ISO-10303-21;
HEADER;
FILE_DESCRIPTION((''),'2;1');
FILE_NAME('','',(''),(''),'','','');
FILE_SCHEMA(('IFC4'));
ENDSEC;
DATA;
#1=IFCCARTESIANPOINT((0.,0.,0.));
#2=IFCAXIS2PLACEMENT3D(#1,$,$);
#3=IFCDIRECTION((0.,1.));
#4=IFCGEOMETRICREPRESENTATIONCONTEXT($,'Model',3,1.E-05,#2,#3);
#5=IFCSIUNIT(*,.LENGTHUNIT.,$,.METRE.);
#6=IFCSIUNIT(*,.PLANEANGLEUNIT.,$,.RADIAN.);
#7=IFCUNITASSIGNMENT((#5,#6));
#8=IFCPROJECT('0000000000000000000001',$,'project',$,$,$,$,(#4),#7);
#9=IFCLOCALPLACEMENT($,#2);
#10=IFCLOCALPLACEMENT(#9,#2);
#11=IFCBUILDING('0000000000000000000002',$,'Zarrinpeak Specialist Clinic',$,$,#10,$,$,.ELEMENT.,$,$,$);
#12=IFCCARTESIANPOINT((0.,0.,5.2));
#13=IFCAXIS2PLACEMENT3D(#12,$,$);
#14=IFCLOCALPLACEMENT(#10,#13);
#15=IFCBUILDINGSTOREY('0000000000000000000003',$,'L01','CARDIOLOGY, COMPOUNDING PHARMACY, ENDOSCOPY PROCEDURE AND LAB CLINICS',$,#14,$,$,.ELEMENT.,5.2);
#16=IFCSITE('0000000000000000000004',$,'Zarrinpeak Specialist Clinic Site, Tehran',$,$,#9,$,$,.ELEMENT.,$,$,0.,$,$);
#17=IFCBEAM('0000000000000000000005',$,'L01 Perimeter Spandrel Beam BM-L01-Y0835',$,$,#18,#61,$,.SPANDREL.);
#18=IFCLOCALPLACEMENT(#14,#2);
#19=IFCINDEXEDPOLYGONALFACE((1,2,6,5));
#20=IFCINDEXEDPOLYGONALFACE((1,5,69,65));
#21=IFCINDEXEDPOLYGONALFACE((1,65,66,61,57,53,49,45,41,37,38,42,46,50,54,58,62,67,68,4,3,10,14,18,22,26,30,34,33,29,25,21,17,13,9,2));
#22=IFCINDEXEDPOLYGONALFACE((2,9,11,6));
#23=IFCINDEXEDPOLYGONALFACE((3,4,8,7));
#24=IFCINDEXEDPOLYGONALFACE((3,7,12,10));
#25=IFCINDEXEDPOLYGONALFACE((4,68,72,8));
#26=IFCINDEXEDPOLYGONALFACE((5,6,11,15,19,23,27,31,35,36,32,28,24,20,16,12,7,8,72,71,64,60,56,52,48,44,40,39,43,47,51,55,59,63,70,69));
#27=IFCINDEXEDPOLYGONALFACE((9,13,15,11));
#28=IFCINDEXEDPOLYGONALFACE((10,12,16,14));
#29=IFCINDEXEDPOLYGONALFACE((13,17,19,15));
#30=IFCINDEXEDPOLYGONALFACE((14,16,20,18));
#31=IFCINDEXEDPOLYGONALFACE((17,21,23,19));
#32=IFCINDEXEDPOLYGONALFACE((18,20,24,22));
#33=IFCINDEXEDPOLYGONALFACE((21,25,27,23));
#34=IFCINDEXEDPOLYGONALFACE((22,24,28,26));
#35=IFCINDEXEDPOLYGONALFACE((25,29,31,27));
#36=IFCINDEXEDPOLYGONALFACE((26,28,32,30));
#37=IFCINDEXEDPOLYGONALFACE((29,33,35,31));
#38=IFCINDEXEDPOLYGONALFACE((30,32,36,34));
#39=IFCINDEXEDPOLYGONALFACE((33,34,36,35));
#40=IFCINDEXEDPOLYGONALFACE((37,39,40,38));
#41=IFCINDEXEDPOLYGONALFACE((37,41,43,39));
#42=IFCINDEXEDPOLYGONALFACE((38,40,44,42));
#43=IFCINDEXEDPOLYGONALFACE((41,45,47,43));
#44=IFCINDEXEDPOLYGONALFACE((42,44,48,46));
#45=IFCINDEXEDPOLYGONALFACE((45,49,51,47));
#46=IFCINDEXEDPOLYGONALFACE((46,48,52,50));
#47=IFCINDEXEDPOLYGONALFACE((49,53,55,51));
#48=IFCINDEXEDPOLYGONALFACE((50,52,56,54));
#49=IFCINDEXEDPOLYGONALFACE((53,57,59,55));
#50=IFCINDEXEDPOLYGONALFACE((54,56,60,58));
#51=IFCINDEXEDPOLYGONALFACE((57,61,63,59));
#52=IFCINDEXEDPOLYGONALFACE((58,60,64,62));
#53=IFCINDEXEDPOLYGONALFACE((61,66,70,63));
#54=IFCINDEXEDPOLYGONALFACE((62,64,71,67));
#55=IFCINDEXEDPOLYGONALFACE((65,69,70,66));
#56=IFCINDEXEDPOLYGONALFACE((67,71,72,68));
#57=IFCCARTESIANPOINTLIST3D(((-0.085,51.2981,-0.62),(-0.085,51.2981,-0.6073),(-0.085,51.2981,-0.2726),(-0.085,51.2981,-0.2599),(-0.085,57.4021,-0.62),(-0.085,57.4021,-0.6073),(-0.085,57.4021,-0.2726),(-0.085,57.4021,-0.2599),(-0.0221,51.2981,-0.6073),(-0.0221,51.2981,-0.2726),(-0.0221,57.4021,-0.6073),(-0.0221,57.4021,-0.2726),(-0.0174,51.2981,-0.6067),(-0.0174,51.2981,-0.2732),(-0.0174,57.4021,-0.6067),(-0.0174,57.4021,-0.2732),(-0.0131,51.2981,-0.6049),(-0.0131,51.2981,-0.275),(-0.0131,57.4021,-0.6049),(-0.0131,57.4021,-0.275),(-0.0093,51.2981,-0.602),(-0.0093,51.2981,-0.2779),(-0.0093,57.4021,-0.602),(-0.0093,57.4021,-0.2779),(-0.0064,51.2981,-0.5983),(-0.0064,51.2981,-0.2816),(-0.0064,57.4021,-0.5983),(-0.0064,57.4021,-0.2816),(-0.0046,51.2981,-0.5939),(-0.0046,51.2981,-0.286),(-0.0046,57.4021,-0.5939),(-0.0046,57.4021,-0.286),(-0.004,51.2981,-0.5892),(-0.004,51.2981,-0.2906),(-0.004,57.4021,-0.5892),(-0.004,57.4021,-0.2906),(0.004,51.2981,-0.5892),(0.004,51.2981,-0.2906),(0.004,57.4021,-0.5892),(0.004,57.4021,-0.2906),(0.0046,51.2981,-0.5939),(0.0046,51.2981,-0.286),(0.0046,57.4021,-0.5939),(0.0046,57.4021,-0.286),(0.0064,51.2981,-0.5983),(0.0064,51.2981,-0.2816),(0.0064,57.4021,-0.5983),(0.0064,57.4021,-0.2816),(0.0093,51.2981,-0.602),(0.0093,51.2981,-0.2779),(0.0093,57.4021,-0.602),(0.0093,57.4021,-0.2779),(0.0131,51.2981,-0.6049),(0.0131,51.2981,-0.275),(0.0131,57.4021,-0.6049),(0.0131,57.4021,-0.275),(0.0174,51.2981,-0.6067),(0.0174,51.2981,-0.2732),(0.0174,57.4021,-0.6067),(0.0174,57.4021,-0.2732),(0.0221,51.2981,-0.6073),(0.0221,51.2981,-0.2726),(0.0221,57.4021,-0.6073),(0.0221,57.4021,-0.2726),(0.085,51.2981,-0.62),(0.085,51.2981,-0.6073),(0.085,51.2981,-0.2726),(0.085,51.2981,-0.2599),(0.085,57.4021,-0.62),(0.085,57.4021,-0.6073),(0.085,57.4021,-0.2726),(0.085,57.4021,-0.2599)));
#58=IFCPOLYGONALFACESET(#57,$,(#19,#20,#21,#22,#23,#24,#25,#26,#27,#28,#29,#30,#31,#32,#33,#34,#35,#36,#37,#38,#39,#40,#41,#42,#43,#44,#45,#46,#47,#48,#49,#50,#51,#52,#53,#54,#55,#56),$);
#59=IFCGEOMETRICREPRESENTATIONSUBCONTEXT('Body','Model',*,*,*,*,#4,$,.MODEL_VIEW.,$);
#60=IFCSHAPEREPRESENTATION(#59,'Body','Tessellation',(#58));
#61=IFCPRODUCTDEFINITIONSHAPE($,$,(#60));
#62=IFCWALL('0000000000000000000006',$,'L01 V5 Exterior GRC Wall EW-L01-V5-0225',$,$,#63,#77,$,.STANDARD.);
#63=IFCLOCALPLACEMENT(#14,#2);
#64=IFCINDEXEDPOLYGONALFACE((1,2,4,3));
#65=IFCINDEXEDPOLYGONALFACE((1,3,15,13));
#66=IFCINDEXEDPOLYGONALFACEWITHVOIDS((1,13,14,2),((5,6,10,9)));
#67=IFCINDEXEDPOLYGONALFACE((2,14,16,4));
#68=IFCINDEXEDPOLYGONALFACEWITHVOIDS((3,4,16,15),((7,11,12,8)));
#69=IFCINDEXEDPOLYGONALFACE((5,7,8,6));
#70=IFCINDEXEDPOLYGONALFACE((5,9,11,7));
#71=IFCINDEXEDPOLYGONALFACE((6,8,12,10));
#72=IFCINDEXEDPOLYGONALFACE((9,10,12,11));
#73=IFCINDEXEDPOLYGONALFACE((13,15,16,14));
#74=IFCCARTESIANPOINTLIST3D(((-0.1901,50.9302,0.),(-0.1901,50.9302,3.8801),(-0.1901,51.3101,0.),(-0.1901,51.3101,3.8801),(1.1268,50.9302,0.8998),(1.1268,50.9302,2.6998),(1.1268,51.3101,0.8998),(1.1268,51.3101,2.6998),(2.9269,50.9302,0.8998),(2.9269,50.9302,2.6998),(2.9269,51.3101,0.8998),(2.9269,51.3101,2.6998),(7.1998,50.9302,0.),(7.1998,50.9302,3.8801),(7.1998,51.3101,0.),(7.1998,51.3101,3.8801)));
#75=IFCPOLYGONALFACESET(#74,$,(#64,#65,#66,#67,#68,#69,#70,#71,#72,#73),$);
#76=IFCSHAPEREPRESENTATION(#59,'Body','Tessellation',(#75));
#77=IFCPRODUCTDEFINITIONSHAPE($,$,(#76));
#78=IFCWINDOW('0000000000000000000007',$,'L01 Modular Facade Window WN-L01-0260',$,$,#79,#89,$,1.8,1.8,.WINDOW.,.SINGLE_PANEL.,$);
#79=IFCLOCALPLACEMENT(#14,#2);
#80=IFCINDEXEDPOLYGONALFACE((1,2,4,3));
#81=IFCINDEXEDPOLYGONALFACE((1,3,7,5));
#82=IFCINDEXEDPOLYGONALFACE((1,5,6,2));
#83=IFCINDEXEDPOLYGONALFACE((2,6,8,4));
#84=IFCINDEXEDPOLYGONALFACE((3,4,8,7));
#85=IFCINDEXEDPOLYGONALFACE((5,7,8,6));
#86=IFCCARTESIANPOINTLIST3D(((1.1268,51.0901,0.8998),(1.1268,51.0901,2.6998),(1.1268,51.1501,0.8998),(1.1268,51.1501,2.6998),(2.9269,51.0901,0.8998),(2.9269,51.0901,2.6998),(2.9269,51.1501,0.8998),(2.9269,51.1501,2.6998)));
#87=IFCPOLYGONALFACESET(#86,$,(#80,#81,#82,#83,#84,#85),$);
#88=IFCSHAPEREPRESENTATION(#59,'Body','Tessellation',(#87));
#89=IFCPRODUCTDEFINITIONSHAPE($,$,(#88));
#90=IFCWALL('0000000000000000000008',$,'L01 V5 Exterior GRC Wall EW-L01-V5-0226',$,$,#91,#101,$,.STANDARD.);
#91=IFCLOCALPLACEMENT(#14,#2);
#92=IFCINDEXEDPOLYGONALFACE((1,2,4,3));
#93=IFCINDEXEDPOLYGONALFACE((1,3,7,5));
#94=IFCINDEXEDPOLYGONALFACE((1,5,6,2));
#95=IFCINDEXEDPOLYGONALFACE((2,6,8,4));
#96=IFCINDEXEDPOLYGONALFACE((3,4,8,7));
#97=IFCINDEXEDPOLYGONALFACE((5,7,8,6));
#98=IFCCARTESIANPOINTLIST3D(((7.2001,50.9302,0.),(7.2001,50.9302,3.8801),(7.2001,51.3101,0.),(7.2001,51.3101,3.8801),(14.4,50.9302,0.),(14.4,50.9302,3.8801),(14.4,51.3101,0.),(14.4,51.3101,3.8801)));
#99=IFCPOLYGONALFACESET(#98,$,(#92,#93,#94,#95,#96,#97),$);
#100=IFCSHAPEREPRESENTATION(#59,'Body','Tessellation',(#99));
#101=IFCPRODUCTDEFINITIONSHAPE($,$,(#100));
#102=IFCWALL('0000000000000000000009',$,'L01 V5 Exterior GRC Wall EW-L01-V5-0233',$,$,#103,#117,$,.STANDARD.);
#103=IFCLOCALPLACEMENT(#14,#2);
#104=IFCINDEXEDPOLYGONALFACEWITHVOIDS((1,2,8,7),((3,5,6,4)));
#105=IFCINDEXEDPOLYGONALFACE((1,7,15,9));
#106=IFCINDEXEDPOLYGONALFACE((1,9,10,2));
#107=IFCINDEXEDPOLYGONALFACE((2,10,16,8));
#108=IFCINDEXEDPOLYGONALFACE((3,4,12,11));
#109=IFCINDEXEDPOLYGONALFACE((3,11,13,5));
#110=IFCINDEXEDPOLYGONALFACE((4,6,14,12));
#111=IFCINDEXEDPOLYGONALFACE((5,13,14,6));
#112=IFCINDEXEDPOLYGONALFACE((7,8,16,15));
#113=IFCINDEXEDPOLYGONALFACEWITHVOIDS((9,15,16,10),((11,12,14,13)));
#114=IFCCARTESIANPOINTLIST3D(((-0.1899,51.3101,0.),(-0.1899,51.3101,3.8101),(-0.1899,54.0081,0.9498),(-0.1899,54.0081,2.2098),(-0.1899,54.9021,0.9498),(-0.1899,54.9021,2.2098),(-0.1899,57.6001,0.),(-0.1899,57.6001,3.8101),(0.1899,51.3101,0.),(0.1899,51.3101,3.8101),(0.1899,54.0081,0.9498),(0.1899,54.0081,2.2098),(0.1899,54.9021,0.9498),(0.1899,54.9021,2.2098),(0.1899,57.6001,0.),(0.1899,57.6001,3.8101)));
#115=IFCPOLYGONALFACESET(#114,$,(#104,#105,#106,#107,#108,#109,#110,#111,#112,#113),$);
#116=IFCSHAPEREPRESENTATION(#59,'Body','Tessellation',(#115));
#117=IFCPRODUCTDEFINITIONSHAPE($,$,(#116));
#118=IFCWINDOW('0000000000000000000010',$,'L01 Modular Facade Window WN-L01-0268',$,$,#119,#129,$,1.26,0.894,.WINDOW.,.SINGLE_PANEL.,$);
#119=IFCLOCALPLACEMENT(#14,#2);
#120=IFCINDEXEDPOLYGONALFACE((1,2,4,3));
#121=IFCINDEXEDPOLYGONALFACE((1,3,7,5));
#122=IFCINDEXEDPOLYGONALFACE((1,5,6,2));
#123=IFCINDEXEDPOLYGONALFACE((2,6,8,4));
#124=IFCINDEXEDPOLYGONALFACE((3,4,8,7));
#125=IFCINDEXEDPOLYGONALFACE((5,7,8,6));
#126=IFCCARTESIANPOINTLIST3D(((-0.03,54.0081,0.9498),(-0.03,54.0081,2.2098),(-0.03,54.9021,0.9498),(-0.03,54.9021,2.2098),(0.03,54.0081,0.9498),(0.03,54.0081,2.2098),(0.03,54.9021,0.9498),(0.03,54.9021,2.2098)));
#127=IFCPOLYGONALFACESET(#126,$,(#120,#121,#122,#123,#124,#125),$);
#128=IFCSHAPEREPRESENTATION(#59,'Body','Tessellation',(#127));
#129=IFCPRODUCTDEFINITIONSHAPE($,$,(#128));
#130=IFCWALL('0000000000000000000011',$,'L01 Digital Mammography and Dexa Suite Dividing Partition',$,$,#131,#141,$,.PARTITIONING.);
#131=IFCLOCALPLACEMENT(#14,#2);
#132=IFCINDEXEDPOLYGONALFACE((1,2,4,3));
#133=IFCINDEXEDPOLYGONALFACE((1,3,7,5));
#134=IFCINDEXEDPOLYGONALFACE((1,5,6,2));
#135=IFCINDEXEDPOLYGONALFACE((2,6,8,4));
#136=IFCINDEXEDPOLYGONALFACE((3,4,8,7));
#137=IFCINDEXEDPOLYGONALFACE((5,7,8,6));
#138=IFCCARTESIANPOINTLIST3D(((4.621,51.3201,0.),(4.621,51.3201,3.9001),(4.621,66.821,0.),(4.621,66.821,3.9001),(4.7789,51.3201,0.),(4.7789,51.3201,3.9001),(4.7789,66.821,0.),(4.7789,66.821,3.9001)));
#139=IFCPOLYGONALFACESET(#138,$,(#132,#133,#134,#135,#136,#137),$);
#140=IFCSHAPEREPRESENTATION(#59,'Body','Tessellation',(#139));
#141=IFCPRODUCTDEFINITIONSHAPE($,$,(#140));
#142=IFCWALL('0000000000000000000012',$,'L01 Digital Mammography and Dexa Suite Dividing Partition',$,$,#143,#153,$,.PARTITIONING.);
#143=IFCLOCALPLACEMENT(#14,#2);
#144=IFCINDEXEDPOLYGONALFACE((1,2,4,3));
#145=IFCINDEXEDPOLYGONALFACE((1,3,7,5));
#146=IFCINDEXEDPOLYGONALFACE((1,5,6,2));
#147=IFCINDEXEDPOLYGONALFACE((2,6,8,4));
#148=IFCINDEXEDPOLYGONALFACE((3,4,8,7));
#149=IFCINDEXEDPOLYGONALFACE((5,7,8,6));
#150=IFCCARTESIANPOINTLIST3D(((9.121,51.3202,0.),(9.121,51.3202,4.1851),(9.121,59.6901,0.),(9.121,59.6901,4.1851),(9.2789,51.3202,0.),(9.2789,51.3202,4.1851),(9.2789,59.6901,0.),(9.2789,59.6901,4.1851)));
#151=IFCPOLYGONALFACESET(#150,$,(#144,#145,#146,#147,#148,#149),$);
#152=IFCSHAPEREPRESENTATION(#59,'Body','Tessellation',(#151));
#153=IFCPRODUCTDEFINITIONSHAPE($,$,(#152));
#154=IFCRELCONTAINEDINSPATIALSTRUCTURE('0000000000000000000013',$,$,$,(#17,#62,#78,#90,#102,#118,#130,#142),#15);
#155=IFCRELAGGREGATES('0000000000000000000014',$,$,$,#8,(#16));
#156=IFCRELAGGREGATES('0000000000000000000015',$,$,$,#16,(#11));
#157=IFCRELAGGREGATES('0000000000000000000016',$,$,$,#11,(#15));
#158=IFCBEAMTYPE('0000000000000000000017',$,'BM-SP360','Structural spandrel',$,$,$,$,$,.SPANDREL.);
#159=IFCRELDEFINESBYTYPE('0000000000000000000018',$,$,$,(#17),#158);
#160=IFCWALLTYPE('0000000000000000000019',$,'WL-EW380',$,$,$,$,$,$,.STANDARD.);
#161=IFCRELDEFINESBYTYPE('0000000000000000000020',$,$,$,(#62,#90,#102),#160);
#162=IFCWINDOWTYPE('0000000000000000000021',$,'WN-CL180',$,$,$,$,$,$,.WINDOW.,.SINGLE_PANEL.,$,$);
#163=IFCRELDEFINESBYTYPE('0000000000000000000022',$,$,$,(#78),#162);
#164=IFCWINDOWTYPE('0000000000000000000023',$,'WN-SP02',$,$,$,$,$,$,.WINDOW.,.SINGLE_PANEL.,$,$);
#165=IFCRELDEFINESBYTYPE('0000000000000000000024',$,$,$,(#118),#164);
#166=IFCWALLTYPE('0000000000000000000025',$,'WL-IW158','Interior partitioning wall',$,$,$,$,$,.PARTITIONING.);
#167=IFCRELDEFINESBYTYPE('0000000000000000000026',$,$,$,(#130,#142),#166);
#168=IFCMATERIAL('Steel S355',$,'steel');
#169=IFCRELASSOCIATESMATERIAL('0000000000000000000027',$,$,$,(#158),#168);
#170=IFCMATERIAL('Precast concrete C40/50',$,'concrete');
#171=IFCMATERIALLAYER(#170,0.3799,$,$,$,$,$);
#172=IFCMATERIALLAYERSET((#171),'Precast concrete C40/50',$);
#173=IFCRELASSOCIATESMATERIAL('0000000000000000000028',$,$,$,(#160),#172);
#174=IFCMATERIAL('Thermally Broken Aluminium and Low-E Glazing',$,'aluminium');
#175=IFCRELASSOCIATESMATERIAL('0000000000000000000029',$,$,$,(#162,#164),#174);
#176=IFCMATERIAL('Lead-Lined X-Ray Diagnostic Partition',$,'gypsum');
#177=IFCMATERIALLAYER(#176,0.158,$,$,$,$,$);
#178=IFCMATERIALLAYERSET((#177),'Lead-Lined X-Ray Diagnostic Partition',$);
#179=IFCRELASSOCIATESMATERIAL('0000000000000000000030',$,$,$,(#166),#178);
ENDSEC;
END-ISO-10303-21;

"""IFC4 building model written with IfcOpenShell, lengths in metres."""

from ifc_helpers import new_model, si_unit, direction, frame, frame_2d, origin, origin_2d, place, context, subcontext, project, spatial, rectangle, i_section, extrude, material, layer, layer_set, material_profile, profile_set, type_object, element, fill, save


model = new_model("IFC4")

# Units and contexts
model_context = context("Model", 3, precision=1e-05, world=origin(), true_north=direction((0.0, 1.0)))
body_context = subcontext(model_context, "Body", "Model", "MODEL_VIEW")
ifc_project = project(units=[si_unit("LENGTHUNIT", "METRE"), si_unit("PLANEANGLEUNIT", "RADIAN")], contexts=[model_context])

# Site, building, storey
site_placement = place(None, origin())
site = spatial("IfcSite", under=ifc_project, at=site_placement, Name="Zarrinpeak Specialist Clinic Site, Tehran", CompositionType="ELEMENT", RefElevation=0.0)
building_placement = place(site_placement, origin())
building = spatial("IfcBuilding", under=site, at=building_placement, Name="Zarrinpeak Specialist Clinic", CompositionType="ELEMENT")
storey_placement = place(building_placement, frame((0.0, 0.0, 5.2)))
storey = spatial("IfcBuildingStorey", under=building, at=storey_placement, Name="L01", Description="CARDIOLOGY, COMPOUNDING PHARMACY, ENDOSCOPY PROCEDURE AND LAB CLINICS", CompositionType="ELEMENT", Elevation=5.2)

# Shared definitions
ifc_material_1 = material(Name="Steel S355", Category="steel")

# Beam
ifc_material_profile_1 = material_profile(ifc_material_1, i_section(OverallWidth=0.1699, OverallDepth=0.3601, WebThickness=0.0081, FlangeThickness=0.0127, FilletRadius=0.0181, at=origin_2d()), Name="IPE 360")
ifc_profile_set_1 = profile_set([ifc_material_profile_1], Name="Steel S355")
beam_type_1 = type_object("IfcBeamType", Name="BM-SP360", Description="Structural spandrel", PredefinedType="SPANDREL", material=ifc_profile_set_1)
beam_1_placement = place(storey_placement, frame((0.0, 51.2981, -0.4399), z_axis=(0.0, 1.0, 0.0), x_axis=(-1.0, 0.0, 0.0)))
element("IfcBeam", 1, at=beam_1_placement, inside=storey, type_object=beam_type_1, Name="L01 Perimeter Spandrel Beam BM-L01-Y0835", PredefinedType="SPANDREL", context=body_context, shape_type="SweptSolid", body=[
    extrude(i_section(OverallWidth=0.1699, OverallDepth=0.3601, WebThickness=0.0081, FlangeThickness=0.0127, FilletRadius=0.0181, at=origin_2d()), origin(), (0.0, 0.0, 1.0), 6.104),
])

# Wall, opening, window
ifc_material_2 = material(Name="Precast concrete C40/50", Category="concrete")
ifc_layer_1 = layer(ifc_material_2, 0.3799)
ifc_layer_set_1 = layer_set([ifc_layer_1], Name="Precast concrete C40/50")
wall_type_1 = type_object("IfcWallType", Name="WL-EW380", PredefinedType="STANDARD", material=ifc_layer_set_1)
wall_1_placement = place(storey_placement, frame((-0.1899, 51.1201, 0.0), z_axis=(0.0, 0.0, 1.0), x_axis=(1.0, 0.0, 0.0)))
wall_1 = element("IfcWall", 2, at=wall_1_placement, inside=storey, type_object=wall_type_1, Name="L01 V5 Exterior GRC Wall EW-L01-V5-0225", PredefinedType="STANDARD", context=body_context, shape_type="SweptSolid", body=[
    extrude(rectangle(XDim=7.3899, YDim=0.3799, at=frame_2d((3.6948, 0.0))), origin(), (0.0, 0.0, 1.0), 3.8801),
])
opening_1_placement = place(wall_1_placement, frame((1.3169, 0.0, 0.8999)))
opening_1 = element("IfcOpeningElement", 3, at=opening_1_placement, cuts=wall_1, PredefinedType="OPENING", context=body_context, shape_type="SweptSolid", body=[
    extrude(rectangle(XDim=1.8, YDim=1.8, at=frame_2d((0.8999, 0.8999))), frame((0.0, 0.2, 0.0), z_axis=(0.0, -1.0, 0.0), x_axis=(1.0, 0.0, 0.0)), (0.0, 0.0, 1.0), 0.3999),
])
ifc_material_3 = material(Name="Thermally Broken Aluminium and Low-E Glazing", Category="aluminium")
window_type_1 = type_object("IfcWindowType", Name="WN-CL180", PartitioningType="SINGLE_PANEL", PredefinedType="WINDOW", material=ifc_material_3)
window_1_placement = place(opening_1_placement, origin())
window_1 = element("IfcWindow", 4, at=window_1_placement, inside=storey, type_object=window_type_1, Name="L01 Modular Facade Window WN-L01-0260", OverallHeight=1.8, OverallWidth=1.8, PartitioningType="SINGLE_PANEL", PredefinedType="WINDOW", context=body_context, shape_type="SweptSolid", body=[
    extrude(rectangle(XDim=1.8, YDim=1.8, at=frame_2d((0.8999, 0.8999))), frame((0.0, 0.03, 0.0), z_axis=(0.0, -1.0, 0.0), x_axis=(1.0, 0.0, 0.0)), (0.0, 0.0, 1.0), 0.0601),
])
fill(opening_1, window_1)

# Wall
wall_2_placement = place(storey_placement, frame((7.2, 51.1201, 0.0), z_axis=(0.0, 0.0, 1.0), x_axis=(1.0, 0.0, 0.0)))
element("IfcWall", 5, at=wall_2_placement, inside=storey, type_object=wall_type_1, Name="L01 V5 Exterior GRC Wall EW-L01-V5-0226", PredefinedType="STANDARD", context=body_context, shape_type="SweptSolid", body=[
    extrude(rectangle(XDim=7.2, YDim=0.3799, at=frame_2d((3.6001, 0.0))), origin(), (0.0, 0.0, 1.0), 3.8801),
])

# Wall, opening, window
wall_3_placement = place(storey_placement, frame((0.0, 57.6001, 0.0), z_axis=(0.0, 0.0, 1.0), x_axis=(0.0, -1.0, 0.0)))
wall_3 = element("IfcWall", 6, at=wall_3_placement, inside=storey, type_object=wall_type_1, Name="L01 V5 Exterior GRC Wall EW-L01-V5-0233", PredefinedType="STANDARD", context=body_context, shape_type="SweptSolid", body=[
    extrude(rectangle(XDim=6.29, YDim=0.3799, at=frame_2d((3.145, 0.0))), origin(), (0.0, 0.0, 1.0), 3.8101),
])
opening_2_placement = place(wall_3_placement, frame((2.698, 0.0, 0.95)))
opening_2 = element("IfcOpeningElement", 7, at=opening_2_placement, cuts=wall_3, PredefinedType="OPENING", context=body_context, shape_type="SweptSolid", body=[
    extrude(rectangle(XDim=0.894, YDim=1.26, at=frame_2d((0.447, 0.6299))), frame((0.0, 0.2, 0.0), z_axis=(0.0, -1.0, 0.0), x_axis=(1.0, 0.0, 0.0)), (0.0, 0.0, 1.0), 0.3999),
])
window_type_2 = type_object("IfcWindowType", Name="WN-SP02", PartitioningType="SINGLE_PANEL", PredefinedType="WINDOW", material=ifc_material_3)
window_2_placement = place(opening_2_placement, origin())
window_2 = element("IfcWindow", 8, at=window_2_placement, inside=storey, type_object=window_type_2, Name="L01 Modular Facade Window WN-L01-0268", OverallHeight=1.26, OverallWidth=0.894, PartitioningType="SINGLE_PANEL", PredefinedType="WINDOW", context=body_context, shape_type="SweptSolid", body=[
    extrude(rectangle(XDim=0.894, YDim=1.26, at=frame_2d((0.447, 0.6299))), frame((0.0, 0.03, 0.0), z_axis=(0.0, -1.0, 0.0), x_axis=(1.0, 0.0, 0.0)), (0.0, 0.0, 1.0), 0.0601),
])
fill(opening_2, window_2)

# Walls
ifc_material_4 = material(Name="Lead-Lined X-Ray Diagnostic Partition", Category="gypsum")
ifc_layer_2 = layer(ifc_material_4, 0.158)
ifc_layer_set_2 = layer_set([ifc_layer_2], Name="Lead-Lined X-Ray Diagnostic Partition")
wall_type_2 = type_object("IfcWallType", Name="WL-IW158", Description="Interior partitioning wall", PredefinedType="PARTITIONING", material=ifc_layer_set_2)
wall_4_placement = place(storey_placement, frame((4.7, 51.3201, 0.0), z_axis=(0.0, 0.0, 1.0), x_axis=(0.0, 1.0, 0.0)))
element("IfcWall", 9, at=wall_4_placement, inside=storey, type_object=wall_type_2, Name="L01 Digital Mammography and Dexa Suite Dividing Partition", PredefinedType="PARTITIONING", context=body_context, shape_type="SweptSolid", body=[
    extrude(rectangle(XDim=15.501, YDim=0.158, at=frame_2d((7.7505, 0.0))), origin(), (0.0, 0.0, 1.0), 3.9001),
])
wall_5_placement = place(storey_placement, frame((9.2, 51.3201, 0.0), z_axis=(0.0, 0.0, 1.0), x_axis=(0.0, 1.0, 0.0)))
element("IfcWall", 10, at=wall_5_placement, inside=storey, type_object=wall_type_2, Name="L01 Digital Mammography and Dexa Suite Dividing Partition", PredefinedType="PARTITIONING", context=body_context, shape_type="SweptSolid", body=[
    extrude(rectangle(XDim=8.3699, YDim=0.158, at=frame_2d((4.1851, 0.0))), origin(), (0.0, 0.0, 1.0), 4.1851),
])

save(model, "model.ifc")
